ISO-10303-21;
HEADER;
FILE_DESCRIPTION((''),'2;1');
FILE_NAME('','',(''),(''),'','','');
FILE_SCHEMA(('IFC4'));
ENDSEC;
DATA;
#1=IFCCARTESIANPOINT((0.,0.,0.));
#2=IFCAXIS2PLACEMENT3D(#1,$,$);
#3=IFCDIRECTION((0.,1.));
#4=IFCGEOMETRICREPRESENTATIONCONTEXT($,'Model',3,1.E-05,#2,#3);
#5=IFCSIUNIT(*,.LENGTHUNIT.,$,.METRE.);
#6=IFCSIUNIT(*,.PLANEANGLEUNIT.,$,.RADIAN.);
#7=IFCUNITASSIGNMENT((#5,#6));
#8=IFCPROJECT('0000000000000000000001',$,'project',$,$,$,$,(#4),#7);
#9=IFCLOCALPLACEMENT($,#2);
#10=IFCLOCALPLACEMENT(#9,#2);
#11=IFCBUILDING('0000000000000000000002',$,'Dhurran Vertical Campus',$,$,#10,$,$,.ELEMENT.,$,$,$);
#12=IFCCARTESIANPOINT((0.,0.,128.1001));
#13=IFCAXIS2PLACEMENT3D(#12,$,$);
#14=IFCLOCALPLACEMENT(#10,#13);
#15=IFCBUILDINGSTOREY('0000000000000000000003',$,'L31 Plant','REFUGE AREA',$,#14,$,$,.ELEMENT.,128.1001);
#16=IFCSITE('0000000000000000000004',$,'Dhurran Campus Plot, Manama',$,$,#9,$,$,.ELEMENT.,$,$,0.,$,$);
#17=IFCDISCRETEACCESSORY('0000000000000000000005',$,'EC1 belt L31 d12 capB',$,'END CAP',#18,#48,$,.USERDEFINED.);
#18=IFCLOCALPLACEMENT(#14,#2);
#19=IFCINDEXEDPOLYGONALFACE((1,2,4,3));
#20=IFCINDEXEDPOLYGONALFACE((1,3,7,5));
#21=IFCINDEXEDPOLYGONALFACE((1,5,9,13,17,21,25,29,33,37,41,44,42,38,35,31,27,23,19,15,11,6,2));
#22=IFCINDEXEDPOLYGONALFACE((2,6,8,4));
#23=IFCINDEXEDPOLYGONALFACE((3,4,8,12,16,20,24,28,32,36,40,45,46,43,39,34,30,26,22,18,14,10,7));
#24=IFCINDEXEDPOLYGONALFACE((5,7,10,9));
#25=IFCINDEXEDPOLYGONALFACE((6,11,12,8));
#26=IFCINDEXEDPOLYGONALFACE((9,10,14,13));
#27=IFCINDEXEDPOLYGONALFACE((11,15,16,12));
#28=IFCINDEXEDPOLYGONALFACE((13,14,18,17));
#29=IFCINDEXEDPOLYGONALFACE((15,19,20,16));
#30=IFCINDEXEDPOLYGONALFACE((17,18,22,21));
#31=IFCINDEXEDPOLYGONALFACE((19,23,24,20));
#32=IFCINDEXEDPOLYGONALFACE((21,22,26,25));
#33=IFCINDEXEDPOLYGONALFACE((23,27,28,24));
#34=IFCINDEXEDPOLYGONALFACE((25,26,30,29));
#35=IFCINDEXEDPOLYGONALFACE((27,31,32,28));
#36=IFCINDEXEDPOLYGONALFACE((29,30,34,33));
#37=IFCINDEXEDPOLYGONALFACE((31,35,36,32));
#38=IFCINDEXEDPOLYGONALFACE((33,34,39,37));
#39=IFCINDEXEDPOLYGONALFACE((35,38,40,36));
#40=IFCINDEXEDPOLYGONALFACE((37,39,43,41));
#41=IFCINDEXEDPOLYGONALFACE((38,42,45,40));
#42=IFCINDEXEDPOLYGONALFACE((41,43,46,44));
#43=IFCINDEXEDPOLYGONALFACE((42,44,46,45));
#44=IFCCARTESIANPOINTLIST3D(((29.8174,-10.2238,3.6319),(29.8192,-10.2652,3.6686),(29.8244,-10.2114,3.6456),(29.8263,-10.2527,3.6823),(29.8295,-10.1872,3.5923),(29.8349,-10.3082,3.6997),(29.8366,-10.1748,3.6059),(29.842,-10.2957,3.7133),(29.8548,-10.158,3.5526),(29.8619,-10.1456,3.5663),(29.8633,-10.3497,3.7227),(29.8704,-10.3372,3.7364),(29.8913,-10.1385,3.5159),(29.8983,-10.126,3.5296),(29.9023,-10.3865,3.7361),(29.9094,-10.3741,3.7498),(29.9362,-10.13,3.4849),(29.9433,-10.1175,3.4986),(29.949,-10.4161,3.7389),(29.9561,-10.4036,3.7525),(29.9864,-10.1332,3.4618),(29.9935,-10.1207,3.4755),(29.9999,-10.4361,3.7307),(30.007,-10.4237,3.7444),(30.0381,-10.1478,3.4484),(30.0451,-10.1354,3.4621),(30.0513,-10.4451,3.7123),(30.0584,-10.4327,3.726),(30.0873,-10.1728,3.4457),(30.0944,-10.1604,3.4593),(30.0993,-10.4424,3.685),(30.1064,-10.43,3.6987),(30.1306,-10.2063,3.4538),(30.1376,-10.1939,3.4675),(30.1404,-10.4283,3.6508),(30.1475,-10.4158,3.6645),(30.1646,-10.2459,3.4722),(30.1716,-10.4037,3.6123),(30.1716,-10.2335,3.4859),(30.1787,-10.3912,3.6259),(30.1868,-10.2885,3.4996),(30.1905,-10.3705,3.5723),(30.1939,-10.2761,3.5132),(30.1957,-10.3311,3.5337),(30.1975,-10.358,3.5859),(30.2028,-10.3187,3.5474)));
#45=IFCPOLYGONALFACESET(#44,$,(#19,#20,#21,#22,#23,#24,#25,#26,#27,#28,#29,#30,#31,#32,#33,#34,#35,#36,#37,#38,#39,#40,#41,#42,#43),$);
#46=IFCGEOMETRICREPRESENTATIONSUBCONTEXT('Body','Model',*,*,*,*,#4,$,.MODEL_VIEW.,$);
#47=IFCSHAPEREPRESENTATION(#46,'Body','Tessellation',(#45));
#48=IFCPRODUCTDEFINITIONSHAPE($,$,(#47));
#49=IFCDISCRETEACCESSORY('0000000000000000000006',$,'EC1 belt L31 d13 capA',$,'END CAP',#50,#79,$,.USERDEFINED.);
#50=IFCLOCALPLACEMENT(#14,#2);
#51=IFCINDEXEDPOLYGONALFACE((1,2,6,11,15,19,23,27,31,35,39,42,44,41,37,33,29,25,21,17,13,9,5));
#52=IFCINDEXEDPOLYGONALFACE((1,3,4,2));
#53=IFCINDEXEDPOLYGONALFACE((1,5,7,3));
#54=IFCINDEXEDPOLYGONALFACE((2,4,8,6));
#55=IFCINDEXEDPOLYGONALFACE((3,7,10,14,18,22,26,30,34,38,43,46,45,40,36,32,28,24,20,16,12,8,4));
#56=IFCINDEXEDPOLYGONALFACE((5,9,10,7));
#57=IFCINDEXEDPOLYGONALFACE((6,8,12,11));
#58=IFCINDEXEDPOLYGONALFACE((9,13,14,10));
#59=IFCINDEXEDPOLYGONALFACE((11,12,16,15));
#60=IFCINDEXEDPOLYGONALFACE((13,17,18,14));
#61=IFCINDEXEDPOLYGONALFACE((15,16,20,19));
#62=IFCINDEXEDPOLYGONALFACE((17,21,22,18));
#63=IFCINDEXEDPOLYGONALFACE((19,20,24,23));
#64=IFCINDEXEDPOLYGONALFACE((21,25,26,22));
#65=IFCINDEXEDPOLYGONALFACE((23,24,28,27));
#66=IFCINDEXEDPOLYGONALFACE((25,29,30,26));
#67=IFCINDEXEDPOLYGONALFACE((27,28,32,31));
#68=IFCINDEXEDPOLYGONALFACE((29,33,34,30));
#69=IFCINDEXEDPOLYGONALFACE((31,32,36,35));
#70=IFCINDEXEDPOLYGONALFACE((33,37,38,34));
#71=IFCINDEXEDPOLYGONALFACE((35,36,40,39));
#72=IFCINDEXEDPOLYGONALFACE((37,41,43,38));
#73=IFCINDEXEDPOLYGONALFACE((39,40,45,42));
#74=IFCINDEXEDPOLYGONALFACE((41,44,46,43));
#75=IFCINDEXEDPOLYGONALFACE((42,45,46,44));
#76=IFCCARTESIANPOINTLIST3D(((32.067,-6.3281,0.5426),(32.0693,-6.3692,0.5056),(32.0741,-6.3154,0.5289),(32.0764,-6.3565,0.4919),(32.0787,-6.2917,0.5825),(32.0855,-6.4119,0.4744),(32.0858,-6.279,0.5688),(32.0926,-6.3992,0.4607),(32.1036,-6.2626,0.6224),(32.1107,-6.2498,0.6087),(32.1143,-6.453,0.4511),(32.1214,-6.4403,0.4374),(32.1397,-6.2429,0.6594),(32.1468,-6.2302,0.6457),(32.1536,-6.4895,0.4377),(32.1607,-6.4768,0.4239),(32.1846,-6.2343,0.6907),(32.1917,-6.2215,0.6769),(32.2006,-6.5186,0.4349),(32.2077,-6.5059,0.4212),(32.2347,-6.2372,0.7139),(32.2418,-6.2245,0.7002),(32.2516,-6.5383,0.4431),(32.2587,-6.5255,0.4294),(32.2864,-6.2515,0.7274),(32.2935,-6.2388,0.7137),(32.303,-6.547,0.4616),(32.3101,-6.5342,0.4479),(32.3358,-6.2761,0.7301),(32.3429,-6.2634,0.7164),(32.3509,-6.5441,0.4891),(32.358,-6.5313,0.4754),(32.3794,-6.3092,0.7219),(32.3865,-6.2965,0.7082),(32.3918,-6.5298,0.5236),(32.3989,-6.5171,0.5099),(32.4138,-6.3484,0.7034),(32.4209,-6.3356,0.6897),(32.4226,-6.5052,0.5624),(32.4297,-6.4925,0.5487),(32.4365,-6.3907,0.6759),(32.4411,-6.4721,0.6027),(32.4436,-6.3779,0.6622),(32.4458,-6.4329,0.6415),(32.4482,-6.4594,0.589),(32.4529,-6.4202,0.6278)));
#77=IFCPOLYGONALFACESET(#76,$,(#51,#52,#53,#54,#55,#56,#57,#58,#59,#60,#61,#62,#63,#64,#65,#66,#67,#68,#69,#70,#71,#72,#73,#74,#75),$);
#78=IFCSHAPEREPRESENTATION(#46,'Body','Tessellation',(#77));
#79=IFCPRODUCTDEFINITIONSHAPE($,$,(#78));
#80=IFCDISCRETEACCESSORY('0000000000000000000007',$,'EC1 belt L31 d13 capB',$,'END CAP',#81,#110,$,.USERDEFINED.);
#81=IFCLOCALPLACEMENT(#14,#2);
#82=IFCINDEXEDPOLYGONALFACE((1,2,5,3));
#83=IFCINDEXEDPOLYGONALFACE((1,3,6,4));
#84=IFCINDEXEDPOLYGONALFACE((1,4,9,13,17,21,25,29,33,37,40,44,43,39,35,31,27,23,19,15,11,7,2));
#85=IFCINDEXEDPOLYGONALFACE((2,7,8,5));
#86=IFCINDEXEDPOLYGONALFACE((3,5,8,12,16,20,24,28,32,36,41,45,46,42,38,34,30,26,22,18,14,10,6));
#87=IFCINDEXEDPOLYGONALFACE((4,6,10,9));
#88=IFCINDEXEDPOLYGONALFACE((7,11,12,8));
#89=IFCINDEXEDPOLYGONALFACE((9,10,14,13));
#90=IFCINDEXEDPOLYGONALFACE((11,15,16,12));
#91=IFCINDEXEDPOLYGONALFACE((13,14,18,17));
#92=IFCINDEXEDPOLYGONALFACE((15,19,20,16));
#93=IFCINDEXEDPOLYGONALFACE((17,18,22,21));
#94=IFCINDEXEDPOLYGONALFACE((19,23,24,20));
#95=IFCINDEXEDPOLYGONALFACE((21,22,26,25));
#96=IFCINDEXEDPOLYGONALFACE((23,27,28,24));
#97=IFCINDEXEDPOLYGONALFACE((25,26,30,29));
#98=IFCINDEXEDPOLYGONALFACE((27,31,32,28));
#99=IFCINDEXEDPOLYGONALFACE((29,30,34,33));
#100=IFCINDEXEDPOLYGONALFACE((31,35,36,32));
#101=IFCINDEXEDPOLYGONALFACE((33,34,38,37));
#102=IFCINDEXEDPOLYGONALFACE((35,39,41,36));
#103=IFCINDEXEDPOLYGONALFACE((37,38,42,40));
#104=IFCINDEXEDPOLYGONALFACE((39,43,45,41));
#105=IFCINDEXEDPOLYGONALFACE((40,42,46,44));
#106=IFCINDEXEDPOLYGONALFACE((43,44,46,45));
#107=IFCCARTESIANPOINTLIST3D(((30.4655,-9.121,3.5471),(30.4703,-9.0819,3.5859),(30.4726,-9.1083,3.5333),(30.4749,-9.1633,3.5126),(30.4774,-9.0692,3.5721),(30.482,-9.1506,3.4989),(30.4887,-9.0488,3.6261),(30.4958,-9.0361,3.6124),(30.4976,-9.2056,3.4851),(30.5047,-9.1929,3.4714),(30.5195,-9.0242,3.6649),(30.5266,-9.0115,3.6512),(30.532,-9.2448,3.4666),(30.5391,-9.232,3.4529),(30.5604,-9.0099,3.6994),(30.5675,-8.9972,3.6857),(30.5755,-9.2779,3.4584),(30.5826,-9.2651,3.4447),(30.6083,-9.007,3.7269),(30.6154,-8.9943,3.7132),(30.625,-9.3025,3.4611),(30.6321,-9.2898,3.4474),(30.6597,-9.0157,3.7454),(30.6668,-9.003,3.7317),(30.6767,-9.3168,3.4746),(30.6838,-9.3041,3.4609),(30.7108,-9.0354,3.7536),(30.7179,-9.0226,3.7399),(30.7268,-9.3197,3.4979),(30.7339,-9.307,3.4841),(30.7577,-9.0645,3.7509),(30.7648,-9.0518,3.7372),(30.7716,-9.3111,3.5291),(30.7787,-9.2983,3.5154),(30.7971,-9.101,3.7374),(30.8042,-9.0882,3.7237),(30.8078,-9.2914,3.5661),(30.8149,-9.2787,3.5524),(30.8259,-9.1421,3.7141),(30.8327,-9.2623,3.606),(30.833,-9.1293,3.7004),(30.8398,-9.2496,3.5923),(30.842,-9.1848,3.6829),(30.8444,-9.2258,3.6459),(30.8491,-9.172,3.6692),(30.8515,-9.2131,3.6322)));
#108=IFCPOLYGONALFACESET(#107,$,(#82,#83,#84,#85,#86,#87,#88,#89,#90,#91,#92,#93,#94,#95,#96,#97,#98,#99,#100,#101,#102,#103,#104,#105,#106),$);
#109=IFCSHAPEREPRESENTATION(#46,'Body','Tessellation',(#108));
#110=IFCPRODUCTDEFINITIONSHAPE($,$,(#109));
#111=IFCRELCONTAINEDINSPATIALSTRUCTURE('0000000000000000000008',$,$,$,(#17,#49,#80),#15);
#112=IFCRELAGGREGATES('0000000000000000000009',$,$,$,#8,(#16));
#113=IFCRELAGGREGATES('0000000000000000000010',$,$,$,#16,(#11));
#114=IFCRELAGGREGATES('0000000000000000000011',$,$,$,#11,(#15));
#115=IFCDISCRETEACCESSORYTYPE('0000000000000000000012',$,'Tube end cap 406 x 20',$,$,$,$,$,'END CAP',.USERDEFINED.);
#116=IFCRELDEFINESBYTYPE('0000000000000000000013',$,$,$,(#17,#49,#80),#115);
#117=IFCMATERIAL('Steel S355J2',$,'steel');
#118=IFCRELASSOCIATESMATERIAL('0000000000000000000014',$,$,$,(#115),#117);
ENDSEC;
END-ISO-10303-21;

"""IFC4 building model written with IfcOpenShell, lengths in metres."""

from ifc_helpers import new_model, si_unit, direction, frame, origin, origin_2d, place, context, subcontext, project, spatial, circle, extrude, material, material_profile, profile_set, type_object, element, save


model = new_model("IFC4")

# Units and contexts
model_context = context("Model", 3, precision=1e-05, world=origin(), true_north=direction((0.0, 1.0)))
body_context = subcontext(model_context, "Body", "Model", "MODEL_VIEW")
ifc_project = project(units=[si_unit("LENGTHUNIT", "METRE"), si_unit("PLANEANGLEUNIT", "RADIAN")], contexts=[model_context])

# Site, building, storey
site_placement = place(None, origin())
site = spatial("IfcSite", under=ifc_project, at=site_placement, Name="Dhurran Campus Plot, Manama", CompositionType="ELEMENT", RefElevation=0.0)
building_placement = place(site_placement, origin())
building = spatial("IfcBuilding", under=site, at=building_placement, Name="Dhurran Vertical Campus", CompositionType="ELEMENT")
storey_placement = place(building_placement, frame((0.0, 0.0, 128.1001)))
storey = spatial("IfcBuildingStorey", under=building, at=storey_placement, Name="L31 Plant", Description="REFUGE AREA", CompositionType="ELEMENT", Elevation=128.1001)

# Discrete accessories
ifc_material_1 = material(Name="Steel S355J2", Category="steel")
ifc_material_profile_1 = material_profile(ifc_material_1, circle(Radius=0.2031, at=origin_2d()), Name="Tube end cap 406 x 20")
ifc_profile_set_1 = profile_set([ifc_material_profile_1], Name="Steel S355J2")
discrete_accessory_type = type_object("IfcDiscreteAccessoryType", Name="Tube end cap 406 x 20", ElementType="END CAP", PredefinedType="USERDEFINED", material=ifc_profile_set_1)
for number, where, z_axis, x_axis, name in (
    (1, (30.0061, -10.2876, 3.5923), (0.357562, 0.628816, 0.690464), (-0.86929, 0.494302, 0.0), "EC1 belt L31 d12 capB"),
):
    element("IfcDiscreteAccessory", number, at=place(storey_placement, frame(where, z_axis=z_axis, x_axis=x_axis)), inside=storey, type_object=discrete_accessory_type, Name=name, ObjectType="END CAP", PredefinedType="USERDEFINED", context=body_context, shape_type="SweptSolid", body=[
        extrude(circle(Radius=0.2031, at=origin_2d()), origin(), (0.0, 0.0, 1.0), 0.0198),
    ])
for number, where, z_axis, x_axis, name in (
    (2, (32.2561, -6.3906, 0.5825), (0.354795, 0.636184, -0.685121), (-0.873364, 0.487068, 0.0), "EC1 belt L31 d13 capA"),
    (3, (30.6624, -9.1506, 3.5923), (-0.354795, -0.636184, 0.685121), (0.873364, -0.487068, 0.0), "EC1 belt L31 d13 capB"),
):
    element("IfcDiscreteAccessory", number, at=place(storey_placement, frame(where, z_axis=z_axis, x_axis=x_axis)), inside=storey, type_object=discrete_accessory_type, Name=name, ObjectType="END CAP", PredefinedType="USERDEFINED", context=body_context, shape_type="SweptSolid", body=[
        extrude(circle(Radius=0.2031, at=origin_2d()), origin(), (0.0, 0.0, 1.0), 0.02),
    ])

save(model, "model.ifc")
